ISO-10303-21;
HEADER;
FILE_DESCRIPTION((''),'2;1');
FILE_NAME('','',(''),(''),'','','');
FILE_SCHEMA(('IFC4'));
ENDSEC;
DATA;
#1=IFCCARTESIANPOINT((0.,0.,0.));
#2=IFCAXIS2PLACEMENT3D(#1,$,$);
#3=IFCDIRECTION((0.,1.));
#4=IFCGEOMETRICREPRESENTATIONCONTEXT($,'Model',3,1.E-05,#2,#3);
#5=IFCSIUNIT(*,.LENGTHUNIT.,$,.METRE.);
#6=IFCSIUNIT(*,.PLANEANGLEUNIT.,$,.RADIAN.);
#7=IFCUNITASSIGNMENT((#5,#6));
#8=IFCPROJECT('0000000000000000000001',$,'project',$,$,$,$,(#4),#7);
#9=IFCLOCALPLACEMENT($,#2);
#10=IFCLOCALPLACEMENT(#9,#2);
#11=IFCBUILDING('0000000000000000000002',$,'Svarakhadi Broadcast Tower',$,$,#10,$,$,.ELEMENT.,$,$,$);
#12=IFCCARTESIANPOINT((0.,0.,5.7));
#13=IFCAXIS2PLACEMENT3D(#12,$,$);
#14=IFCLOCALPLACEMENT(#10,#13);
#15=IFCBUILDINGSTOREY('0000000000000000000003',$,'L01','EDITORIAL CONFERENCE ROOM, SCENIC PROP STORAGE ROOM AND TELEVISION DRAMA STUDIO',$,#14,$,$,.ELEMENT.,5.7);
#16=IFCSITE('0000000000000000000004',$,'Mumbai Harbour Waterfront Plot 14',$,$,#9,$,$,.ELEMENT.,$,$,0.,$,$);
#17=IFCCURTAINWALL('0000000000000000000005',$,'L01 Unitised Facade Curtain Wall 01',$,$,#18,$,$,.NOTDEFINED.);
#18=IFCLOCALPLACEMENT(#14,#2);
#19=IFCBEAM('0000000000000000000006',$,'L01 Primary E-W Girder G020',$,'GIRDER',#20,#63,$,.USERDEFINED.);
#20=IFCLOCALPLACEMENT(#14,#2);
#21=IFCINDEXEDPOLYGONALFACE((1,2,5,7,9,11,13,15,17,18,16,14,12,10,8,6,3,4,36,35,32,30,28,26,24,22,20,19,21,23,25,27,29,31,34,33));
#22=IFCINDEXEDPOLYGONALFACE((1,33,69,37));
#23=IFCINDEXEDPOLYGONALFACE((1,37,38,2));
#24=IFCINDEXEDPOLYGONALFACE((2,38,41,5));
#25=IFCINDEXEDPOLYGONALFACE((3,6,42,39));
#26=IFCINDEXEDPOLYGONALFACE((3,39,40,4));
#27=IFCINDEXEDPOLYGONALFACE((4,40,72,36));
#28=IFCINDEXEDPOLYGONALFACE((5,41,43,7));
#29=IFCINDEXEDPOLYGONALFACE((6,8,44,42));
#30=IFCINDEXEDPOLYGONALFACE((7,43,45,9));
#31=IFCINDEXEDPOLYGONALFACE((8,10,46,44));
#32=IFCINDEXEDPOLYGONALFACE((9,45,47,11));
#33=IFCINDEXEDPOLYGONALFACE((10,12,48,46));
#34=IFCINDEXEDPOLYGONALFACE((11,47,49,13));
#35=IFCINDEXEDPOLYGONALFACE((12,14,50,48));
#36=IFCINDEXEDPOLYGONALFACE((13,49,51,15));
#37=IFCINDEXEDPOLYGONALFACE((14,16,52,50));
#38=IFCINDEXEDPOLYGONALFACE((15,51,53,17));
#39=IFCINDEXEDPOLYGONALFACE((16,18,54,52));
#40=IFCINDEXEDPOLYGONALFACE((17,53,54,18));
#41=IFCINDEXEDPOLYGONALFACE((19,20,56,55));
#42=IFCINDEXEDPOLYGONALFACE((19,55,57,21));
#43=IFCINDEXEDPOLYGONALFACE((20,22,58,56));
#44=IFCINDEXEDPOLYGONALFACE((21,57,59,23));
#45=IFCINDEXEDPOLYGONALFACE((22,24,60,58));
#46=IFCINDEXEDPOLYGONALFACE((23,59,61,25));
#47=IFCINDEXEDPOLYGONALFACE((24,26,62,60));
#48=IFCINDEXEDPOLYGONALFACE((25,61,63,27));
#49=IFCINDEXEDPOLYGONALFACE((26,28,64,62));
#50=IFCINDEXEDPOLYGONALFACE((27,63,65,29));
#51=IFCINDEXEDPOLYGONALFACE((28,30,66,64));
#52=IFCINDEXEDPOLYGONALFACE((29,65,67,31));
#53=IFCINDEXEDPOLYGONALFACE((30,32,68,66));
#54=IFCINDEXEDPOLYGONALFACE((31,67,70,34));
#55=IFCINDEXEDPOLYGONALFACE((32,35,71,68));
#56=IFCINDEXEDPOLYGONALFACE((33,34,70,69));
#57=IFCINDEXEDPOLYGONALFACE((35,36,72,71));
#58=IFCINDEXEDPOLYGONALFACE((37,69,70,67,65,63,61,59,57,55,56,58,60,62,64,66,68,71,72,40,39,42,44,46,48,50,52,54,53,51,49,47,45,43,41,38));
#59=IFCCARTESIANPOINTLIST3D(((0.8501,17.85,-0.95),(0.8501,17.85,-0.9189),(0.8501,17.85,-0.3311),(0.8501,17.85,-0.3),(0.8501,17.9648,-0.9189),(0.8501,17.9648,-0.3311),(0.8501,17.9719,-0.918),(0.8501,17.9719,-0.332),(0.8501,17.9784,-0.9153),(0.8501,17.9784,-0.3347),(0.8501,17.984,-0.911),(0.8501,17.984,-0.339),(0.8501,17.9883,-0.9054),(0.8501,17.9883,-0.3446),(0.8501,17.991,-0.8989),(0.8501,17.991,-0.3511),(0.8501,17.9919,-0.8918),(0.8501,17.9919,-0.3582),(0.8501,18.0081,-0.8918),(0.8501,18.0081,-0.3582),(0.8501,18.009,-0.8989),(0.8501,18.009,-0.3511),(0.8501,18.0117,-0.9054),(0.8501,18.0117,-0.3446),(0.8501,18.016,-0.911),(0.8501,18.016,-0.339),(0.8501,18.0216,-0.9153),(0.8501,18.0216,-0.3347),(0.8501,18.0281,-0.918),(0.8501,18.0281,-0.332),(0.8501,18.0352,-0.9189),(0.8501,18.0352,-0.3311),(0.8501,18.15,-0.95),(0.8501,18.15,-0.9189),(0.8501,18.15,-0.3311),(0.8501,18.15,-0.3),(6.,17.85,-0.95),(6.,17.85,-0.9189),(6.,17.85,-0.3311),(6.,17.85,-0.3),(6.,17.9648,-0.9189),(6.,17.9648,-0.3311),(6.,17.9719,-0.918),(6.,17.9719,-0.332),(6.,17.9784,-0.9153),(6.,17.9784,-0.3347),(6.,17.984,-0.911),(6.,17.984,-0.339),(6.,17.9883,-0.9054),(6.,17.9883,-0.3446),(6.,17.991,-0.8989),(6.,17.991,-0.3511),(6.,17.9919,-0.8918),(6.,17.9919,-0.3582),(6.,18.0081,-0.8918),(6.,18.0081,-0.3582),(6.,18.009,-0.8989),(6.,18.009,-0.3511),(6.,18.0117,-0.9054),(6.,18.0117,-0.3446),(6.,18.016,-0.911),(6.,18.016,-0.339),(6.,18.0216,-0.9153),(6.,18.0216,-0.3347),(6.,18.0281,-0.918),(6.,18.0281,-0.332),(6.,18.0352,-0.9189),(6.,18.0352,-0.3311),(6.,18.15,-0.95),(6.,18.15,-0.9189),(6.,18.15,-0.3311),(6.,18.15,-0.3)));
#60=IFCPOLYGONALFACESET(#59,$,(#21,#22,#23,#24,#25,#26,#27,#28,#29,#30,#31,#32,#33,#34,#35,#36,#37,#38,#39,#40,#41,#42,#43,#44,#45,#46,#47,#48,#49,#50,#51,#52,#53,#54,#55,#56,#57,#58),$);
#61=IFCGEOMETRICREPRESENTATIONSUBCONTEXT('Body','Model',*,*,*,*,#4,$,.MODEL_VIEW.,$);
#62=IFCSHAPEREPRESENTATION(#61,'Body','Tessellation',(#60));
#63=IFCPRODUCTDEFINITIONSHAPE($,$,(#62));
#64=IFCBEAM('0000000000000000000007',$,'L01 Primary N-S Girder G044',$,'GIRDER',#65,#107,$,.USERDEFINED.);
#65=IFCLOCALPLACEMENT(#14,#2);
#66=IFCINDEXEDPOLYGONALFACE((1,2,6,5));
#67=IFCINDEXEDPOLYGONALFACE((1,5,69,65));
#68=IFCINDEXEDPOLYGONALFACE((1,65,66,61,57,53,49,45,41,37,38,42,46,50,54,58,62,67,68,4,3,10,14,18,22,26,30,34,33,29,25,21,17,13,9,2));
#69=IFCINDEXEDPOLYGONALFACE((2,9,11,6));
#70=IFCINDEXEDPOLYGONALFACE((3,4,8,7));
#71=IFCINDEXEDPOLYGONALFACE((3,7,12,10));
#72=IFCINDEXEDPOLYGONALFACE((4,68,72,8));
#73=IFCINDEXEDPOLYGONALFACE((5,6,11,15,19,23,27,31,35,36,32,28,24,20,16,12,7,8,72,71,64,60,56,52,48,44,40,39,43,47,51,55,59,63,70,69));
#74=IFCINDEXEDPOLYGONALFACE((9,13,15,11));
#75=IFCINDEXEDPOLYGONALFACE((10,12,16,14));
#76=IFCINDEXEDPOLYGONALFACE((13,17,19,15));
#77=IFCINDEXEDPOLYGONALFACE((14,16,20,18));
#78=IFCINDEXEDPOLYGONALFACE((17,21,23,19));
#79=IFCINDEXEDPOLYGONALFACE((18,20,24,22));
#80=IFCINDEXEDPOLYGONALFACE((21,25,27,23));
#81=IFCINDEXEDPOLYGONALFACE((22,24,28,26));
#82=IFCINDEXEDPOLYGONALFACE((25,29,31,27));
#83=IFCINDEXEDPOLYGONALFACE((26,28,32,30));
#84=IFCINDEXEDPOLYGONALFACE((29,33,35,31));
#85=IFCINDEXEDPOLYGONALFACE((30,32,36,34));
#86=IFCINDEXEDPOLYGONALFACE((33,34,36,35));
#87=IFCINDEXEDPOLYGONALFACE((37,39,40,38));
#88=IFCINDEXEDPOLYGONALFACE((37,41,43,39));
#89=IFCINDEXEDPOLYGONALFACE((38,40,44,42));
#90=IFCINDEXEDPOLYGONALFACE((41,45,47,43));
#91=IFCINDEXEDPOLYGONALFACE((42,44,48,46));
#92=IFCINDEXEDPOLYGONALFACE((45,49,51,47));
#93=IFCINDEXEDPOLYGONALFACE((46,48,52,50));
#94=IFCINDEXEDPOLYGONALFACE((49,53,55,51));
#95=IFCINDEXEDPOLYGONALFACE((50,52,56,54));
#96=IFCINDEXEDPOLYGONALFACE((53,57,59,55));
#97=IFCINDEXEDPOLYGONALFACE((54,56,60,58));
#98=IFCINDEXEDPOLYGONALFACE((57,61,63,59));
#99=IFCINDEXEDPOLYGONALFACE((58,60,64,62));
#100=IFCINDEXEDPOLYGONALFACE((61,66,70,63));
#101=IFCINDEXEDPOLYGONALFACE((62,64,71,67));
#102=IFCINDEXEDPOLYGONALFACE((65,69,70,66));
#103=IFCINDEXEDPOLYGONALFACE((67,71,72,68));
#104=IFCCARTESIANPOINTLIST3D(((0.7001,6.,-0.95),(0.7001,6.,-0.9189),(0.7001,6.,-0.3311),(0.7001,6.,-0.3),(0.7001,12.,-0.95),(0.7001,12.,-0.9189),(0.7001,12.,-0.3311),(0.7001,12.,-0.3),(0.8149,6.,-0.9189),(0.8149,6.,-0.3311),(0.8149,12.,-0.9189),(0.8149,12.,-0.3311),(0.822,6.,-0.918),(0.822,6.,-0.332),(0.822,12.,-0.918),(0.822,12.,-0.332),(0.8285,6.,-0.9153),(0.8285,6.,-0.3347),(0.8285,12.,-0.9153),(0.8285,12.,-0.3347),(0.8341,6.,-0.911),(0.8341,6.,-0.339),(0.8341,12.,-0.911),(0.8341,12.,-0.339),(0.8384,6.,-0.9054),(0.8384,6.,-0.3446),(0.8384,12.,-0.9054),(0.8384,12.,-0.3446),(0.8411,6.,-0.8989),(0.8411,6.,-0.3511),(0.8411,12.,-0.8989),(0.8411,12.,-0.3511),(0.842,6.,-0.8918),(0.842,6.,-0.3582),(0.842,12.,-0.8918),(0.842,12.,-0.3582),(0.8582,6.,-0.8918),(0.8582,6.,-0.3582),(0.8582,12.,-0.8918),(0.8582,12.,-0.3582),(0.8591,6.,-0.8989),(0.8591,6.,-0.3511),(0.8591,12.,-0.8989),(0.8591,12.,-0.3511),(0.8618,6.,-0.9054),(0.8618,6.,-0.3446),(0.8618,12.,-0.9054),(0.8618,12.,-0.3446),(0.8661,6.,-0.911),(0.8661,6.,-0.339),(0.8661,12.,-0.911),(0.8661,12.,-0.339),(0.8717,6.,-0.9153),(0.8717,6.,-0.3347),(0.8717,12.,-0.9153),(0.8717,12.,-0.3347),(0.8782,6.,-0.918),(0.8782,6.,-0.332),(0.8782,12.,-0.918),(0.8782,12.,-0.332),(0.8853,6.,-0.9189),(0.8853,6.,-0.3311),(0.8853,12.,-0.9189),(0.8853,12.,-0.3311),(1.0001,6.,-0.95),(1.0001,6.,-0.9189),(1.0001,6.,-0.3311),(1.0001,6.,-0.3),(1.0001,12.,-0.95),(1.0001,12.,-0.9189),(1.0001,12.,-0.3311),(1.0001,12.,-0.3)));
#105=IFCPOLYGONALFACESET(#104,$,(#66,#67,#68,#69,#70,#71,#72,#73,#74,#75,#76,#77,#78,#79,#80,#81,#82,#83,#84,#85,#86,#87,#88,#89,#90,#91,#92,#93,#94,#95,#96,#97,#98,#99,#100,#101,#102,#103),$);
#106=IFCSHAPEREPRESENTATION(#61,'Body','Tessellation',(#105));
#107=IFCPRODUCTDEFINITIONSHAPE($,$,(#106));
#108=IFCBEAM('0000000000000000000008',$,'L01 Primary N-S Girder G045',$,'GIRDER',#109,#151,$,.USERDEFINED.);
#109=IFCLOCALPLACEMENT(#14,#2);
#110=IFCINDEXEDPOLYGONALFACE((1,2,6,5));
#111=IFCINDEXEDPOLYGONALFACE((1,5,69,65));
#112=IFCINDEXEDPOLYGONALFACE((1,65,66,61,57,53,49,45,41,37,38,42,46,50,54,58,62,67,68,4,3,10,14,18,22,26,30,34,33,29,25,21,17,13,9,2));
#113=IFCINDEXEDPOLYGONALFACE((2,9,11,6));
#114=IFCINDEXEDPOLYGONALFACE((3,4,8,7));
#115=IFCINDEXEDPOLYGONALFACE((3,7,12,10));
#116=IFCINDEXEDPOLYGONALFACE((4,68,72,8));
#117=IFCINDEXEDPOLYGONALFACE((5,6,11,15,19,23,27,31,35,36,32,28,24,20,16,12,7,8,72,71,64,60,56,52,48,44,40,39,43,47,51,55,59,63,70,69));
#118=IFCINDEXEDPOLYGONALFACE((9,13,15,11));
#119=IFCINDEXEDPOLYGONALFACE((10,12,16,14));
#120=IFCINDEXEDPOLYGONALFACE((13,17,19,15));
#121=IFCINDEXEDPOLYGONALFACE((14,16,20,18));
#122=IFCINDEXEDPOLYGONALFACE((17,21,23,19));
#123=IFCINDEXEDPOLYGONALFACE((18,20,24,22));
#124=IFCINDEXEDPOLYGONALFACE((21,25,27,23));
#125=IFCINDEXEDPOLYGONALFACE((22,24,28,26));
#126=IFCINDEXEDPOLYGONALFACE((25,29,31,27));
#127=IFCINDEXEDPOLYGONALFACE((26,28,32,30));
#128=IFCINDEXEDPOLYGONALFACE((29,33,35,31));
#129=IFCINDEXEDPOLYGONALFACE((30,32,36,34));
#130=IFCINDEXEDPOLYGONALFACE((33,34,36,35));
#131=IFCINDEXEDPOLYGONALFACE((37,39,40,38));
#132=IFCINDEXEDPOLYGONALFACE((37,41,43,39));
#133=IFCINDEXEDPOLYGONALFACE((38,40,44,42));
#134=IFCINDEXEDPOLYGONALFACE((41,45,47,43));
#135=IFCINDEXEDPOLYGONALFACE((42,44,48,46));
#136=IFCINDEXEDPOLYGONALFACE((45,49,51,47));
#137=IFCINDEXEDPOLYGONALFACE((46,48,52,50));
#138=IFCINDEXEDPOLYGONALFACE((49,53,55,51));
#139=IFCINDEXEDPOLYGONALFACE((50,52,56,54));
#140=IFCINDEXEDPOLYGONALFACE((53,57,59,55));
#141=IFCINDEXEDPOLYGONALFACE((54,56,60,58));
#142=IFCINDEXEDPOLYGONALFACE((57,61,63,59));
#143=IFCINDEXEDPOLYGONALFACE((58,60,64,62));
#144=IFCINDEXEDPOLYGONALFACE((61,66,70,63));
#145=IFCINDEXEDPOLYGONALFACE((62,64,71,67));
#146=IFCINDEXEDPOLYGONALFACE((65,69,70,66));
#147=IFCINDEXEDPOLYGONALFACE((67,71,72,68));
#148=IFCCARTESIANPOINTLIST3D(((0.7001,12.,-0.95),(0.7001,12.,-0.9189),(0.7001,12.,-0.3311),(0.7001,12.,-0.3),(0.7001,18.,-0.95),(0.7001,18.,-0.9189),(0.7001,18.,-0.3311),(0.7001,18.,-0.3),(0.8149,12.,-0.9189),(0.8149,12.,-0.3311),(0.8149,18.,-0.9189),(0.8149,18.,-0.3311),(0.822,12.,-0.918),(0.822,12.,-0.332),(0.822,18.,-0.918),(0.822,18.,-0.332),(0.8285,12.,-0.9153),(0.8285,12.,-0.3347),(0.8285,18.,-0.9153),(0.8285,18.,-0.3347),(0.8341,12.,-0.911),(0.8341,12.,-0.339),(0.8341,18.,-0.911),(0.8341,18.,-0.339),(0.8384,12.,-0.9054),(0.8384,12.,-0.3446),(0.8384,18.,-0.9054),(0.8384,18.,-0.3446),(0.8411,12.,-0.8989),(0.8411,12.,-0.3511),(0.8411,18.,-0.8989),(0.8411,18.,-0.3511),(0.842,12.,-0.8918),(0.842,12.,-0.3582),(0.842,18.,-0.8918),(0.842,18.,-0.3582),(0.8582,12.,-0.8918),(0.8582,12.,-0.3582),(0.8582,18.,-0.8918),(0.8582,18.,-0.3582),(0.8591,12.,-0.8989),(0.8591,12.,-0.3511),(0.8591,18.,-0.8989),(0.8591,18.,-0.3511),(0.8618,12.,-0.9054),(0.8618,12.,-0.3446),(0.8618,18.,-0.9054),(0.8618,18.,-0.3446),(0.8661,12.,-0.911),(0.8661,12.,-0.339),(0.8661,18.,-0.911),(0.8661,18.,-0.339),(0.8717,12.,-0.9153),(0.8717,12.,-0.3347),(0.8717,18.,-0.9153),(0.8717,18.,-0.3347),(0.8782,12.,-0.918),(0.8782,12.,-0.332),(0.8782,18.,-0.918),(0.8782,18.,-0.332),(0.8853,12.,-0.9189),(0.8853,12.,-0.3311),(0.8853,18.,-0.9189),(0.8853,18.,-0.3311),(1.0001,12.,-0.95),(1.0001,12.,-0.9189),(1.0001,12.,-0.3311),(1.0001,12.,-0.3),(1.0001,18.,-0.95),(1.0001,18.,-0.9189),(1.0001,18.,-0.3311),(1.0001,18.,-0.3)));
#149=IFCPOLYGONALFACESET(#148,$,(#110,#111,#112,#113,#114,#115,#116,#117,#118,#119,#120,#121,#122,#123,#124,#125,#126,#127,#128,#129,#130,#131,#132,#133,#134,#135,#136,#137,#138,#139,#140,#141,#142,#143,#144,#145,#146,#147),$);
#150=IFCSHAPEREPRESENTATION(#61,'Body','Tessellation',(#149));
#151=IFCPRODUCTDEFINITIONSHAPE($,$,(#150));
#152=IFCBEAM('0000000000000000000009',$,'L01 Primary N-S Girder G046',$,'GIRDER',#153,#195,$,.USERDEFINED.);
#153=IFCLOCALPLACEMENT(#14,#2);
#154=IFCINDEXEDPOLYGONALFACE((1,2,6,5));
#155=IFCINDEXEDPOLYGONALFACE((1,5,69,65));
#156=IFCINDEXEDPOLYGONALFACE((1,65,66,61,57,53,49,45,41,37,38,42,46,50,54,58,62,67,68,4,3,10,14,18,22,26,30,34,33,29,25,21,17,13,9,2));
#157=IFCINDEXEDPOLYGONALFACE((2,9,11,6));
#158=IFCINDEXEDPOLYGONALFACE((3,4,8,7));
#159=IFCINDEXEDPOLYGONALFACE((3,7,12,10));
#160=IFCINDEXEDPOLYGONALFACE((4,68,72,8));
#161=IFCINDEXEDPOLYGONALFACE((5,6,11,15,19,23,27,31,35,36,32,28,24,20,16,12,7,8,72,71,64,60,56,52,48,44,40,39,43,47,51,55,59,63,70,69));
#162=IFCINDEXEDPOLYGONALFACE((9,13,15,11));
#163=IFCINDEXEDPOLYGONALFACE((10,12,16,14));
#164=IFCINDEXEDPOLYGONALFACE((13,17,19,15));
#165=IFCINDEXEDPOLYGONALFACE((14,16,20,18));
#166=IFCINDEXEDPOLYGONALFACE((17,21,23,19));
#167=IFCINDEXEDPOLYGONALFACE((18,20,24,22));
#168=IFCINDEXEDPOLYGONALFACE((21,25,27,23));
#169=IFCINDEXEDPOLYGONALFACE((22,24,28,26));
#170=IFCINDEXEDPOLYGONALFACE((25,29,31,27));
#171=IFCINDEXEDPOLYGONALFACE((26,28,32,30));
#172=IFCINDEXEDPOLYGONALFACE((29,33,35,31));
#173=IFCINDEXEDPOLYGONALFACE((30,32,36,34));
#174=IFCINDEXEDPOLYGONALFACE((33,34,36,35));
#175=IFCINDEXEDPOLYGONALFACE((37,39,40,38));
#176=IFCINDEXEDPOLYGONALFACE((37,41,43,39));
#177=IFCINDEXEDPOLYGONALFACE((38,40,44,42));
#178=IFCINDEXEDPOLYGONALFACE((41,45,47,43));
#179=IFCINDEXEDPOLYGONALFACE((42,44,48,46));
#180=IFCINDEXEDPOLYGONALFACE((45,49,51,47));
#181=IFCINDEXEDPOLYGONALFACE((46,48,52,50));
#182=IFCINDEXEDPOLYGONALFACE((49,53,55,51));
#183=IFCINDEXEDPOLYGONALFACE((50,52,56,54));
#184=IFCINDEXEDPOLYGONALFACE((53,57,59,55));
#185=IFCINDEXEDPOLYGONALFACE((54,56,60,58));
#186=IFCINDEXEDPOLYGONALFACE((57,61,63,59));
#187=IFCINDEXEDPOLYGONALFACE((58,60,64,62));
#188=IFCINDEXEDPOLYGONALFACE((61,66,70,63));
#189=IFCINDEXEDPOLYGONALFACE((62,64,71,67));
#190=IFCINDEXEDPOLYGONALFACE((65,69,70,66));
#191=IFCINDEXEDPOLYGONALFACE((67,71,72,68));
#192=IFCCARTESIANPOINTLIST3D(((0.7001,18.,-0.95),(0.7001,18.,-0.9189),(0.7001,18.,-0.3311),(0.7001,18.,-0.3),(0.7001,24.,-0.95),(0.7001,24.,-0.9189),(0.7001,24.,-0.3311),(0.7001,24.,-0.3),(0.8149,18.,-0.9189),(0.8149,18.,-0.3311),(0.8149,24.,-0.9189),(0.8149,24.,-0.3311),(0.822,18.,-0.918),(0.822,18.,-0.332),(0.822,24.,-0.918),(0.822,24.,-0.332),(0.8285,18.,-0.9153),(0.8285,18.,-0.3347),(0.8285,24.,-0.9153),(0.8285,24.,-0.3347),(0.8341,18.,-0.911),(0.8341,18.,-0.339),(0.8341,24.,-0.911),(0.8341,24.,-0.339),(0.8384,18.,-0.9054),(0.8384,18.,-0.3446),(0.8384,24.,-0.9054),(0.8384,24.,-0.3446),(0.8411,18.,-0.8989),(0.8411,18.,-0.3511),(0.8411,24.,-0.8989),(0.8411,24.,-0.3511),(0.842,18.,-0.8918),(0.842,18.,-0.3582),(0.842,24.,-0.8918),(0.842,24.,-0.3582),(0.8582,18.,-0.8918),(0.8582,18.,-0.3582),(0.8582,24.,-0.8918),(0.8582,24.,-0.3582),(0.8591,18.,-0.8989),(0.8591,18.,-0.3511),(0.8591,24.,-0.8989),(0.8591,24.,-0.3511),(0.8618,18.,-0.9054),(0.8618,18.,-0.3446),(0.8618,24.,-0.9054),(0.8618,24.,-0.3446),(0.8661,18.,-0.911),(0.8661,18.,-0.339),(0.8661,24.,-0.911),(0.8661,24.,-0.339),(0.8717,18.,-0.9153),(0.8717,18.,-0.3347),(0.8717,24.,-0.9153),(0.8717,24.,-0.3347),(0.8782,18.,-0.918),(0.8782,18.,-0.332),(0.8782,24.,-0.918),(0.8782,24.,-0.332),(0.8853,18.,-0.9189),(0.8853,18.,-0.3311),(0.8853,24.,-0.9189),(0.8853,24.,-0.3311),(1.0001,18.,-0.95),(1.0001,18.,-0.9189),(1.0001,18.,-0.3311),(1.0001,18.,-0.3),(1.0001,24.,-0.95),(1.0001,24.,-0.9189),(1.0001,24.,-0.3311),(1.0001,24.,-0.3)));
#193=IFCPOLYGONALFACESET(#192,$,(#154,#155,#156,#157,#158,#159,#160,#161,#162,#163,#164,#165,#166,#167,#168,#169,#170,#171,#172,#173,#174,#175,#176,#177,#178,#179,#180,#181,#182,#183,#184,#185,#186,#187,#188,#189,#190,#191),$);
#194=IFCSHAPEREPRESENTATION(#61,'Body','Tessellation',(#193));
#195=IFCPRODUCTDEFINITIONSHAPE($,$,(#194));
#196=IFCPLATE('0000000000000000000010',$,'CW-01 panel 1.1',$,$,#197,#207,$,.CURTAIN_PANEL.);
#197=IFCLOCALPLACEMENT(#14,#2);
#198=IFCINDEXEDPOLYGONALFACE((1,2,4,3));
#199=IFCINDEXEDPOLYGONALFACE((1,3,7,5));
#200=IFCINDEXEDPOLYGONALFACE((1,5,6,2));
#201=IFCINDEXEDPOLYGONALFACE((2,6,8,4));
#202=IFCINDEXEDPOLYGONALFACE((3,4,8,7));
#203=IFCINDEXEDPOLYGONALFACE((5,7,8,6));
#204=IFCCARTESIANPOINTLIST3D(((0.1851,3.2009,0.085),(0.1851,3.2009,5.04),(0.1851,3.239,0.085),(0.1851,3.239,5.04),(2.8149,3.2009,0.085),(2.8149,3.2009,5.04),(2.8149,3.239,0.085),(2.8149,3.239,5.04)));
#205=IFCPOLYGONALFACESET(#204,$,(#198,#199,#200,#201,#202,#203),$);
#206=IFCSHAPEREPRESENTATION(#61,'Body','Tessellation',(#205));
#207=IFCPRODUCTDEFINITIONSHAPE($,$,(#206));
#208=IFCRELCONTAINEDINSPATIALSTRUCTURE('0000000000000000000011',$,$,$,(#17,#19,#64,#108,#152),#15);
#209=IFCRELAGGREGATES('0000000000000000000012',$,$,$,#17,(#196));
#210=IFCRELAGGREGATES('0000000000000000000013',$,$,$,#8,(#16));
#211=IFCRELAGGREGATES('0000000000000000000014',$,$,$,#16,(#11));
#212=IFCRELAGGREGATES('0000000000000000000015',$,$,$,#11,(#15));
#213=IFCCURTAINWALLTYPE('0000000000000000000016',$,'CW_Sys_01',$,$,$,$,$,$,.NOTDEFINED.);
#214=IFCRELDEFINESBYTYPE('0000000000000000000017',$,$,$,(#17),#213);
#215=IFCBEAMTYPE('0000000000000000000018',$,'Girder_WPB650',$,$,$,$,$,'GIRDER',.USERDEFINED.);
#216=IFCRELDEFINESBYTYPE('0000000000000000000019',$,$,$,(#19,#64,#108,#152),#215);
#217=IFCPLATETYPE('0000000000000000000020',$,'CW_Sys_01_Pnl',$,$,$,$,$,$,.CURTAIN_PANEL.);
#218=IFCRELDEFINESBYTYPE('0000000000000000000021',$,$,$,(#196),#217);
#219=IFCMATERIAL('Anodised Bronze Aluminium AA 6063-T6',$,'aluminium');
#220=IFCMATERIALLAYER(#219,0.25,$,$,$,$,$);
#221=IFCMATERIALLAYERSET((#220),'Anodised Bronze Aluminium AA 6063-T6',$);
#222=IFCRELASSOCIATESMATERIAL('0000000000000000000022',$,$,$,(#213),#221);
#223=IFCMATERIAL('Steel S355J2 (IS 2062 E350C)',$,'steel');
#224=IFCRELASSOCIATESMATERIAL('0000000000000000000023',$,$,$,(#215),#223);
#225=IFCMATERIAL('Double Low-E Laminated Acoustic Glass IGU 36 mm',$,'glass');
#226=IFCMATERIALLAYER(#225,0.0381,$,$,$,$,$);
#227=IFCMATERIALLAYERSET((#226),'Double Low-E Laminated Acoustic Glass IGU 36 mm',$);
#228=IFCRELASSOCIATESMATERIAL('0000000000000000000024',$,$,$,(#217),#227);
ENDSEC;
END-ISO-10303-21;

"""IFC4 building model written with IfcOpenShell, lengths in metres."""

from ifc_helpers import new_model, si_unit, direction, frame, origin, origin_2d, place, context, subcontext, project, spatial, rectangle, i_section, extrude, material, layer, layer_set, material_profile, profile_set, type_object, element, aggregate, save


model = new_model("IFC4")

# Units and contexts
model_context = context("Model", 3, precision=1e-05, world=origin(), true_north=direction((0.0, 1.0)))
body_context = subcontext(model_context, "Body", "Model", "MODEL_VIEW")
ifc_project = project(units=[si_unit("LENGTHUNIT", "METRE"), si_unit("PLANEANGLEUNIT", "RADIAN")], contexts=[model_context])

# Site, building, storey
site_placement = place(None, origin())
site = spatial("IfcSite", under=ifc_project, at=site_placement, Name="Mumbai Harbour Waterfront Plot 14", CompositionType="ELEMENT", RefElevation=0.0)
building_placement = place(site_placement, origin())
building = spatial("IfcBuilding", under=site, at=building_placement, Name="Svarakhadi Broadcast Tower", CompositionType="ELEMENT")
storey_placement = place(building_placement, frame((0.0, 0.0, 5.7)))
storey = spatial("IfcBuildingStorey", under=building, at=storey_placement, Name="L01", Description="EDITORIAL CONFERENCE ROOM, SCENIC PROP STORAGE ROOM AND TELEVISION DRAMA STUDIO", CompositionType="ELEMENT", Elevation=5.7)

# Shared definitions
ifc_material_1 = material(Name="Steel S355J2 (IS 2062 E350C)", Category="steel")

# Curtain wall
ifc_material_2 = material(Name="Anodised Bronze Aluminium AA 6063-T6", Category="aluminium")
ifc_layer_1 = layer(ifc_material_2, 0.25)
ifc_layer_set_1 = layer_set([ifc_layer_1], Name="Anodised Bronze Aluminium AA 6063-T6")
curtain_wall_type = type_object("IfcCurtainWallType", Name="CW_Sys_01", PredefinedType="NOTDEFINED", material=ifc_layer_set_1)
curtain_wall_1_placement = place(storey_placement, origin())
curtain_wall_1 = element("IfcCurtainWall", 1, at=curtain_wall_1_placement, inside=storey, type_object=curtain_wall_type, Name="L01 Unitised Facade Curtain Wall 01", PredefinedType="NOTDEFINED")

# Beams
ifc_material_profile_1 = material_profile(ifc_material_1, i_section(OverallWidth=0.3, OverallDepth=0.6499, WebThickness=0.0161, FlangeThickness=0.031, FilletRadius=0.0271, at=origin_2d()), Name="WPB 650x300x225")
ifc_profile_set_1 = profile_set([ifc_material_profile_1], Name="Steel S355J2 (IS 2062 E350C)")
beam_type_1 = type_object("IfcBeamType", Name="Girder_WPB650", ElementType="GIRDER", PredefinedType="USERDEFINED", material=ifc_profile_set_1)
for number, where, z_axis, x_axis, name in (
    (2, (0.8501, 18.0, -0.625), (1.0, 0.0, 0.0), (0.0, 1.0, 0.0), "L01 Primary E-W Girder G020"),
):
    element("IfcBeam", number, at=place(storey_placement, frame(where, z_axis=z_axis, x_axis=x_axis)), inside=storey, type_object=beam_type_1, Name=name, ObjectType="GIRDER", PredefinedType="USERDEFINED", context=body_context, shape_type="SweptSolid", body=[
        extrude(i_section(OverallWidth=0.3, OverallDepth=0.6499, WebThickness=0.0161, FlangeThickness=0.031, FilletRadius=0.0271, at=origin_2d()), origin(), (0.0, 0.0, 1.0), 5.1499),
    ])
for number, where, z_axis, x_axis, name in (
    (3, (0.8501, 6.0, -0.625), (0.0, 1.0, 0.0), (-1.0, 0.0, 0.0), "L01 Primary N-S Girder G044"),
    (4, (0.8501, 12.0, -0.625), (0.0, 1.0, 0.0), (-1.0, 0.0, 0.0), "L01 Primary N-S Girder G045"),
    (5, (0.8501, 18.0, -0.625), (0.0, 1.0, 0.0), (-1.0, 0.0, 0.0), "L01 Primary N-S Girder G046"),
):
    element("IfcBeam", number, at=place(storey_placement, frame(where, z_axis=z_axis, x_axis=x_axis)), inside=storey, type_object=beam_type_1, Name=name, ObjectType="GIRDER", PredefinedType="USERDEFINED", context=body_context, shape_type="SweptSolid", body=[
        extrude(i_section(OverallWidth=0.3, OverallDepth=0.6499, WebThickness=0.0161, FlangeThickness=0.031, FilletRadius=0.0271, at=origin_2d()), origin(), (0.0, 0.0, 1.0), 6.0),
    ])

# Plate
ifc_material_3 = material(Name="Double Low-E Laminated Acoustic Glass IGU 36 mm", Category="glass")
ifc_layer_2 = layer(ifc_material_3, 0.0381)
ifc_layer_set_2 = layer_set([ifc_layer_2], Name="Double Low-E Laminated Acoustic Glass IGU 36 mm")
plate_type = type_object("IfcPlateType", Name="CW_Sys_01_Pnl", PredefinedType="CURTAIN_PANEL", material=ifc_layer_set_2)
plate_1_placement = place(storey_placement, frame((1.5, 3.22, 0.085), z_axis=(0.0, 0.0, 1.0), x_axis=(-1.0, 0.0, 0.0)))
plate_1 = element("IfcPlate", 6, at=plate_1_placement, type_object=plate_type, Name="CW-01 panel 1.1", PredefinedType="CURTAIN_PANEL", context=body_context, shape_type="SweptSolid", body=[
    extrude(rectangle(XDim=2.6299, YDim=0.0381, at=origin_2d()), origin(), (0.0, 0.0, 1.0), 4.9551),
])
aggregate(curtain_wall_1, [plate_1])

save(model, "model.ifc")
